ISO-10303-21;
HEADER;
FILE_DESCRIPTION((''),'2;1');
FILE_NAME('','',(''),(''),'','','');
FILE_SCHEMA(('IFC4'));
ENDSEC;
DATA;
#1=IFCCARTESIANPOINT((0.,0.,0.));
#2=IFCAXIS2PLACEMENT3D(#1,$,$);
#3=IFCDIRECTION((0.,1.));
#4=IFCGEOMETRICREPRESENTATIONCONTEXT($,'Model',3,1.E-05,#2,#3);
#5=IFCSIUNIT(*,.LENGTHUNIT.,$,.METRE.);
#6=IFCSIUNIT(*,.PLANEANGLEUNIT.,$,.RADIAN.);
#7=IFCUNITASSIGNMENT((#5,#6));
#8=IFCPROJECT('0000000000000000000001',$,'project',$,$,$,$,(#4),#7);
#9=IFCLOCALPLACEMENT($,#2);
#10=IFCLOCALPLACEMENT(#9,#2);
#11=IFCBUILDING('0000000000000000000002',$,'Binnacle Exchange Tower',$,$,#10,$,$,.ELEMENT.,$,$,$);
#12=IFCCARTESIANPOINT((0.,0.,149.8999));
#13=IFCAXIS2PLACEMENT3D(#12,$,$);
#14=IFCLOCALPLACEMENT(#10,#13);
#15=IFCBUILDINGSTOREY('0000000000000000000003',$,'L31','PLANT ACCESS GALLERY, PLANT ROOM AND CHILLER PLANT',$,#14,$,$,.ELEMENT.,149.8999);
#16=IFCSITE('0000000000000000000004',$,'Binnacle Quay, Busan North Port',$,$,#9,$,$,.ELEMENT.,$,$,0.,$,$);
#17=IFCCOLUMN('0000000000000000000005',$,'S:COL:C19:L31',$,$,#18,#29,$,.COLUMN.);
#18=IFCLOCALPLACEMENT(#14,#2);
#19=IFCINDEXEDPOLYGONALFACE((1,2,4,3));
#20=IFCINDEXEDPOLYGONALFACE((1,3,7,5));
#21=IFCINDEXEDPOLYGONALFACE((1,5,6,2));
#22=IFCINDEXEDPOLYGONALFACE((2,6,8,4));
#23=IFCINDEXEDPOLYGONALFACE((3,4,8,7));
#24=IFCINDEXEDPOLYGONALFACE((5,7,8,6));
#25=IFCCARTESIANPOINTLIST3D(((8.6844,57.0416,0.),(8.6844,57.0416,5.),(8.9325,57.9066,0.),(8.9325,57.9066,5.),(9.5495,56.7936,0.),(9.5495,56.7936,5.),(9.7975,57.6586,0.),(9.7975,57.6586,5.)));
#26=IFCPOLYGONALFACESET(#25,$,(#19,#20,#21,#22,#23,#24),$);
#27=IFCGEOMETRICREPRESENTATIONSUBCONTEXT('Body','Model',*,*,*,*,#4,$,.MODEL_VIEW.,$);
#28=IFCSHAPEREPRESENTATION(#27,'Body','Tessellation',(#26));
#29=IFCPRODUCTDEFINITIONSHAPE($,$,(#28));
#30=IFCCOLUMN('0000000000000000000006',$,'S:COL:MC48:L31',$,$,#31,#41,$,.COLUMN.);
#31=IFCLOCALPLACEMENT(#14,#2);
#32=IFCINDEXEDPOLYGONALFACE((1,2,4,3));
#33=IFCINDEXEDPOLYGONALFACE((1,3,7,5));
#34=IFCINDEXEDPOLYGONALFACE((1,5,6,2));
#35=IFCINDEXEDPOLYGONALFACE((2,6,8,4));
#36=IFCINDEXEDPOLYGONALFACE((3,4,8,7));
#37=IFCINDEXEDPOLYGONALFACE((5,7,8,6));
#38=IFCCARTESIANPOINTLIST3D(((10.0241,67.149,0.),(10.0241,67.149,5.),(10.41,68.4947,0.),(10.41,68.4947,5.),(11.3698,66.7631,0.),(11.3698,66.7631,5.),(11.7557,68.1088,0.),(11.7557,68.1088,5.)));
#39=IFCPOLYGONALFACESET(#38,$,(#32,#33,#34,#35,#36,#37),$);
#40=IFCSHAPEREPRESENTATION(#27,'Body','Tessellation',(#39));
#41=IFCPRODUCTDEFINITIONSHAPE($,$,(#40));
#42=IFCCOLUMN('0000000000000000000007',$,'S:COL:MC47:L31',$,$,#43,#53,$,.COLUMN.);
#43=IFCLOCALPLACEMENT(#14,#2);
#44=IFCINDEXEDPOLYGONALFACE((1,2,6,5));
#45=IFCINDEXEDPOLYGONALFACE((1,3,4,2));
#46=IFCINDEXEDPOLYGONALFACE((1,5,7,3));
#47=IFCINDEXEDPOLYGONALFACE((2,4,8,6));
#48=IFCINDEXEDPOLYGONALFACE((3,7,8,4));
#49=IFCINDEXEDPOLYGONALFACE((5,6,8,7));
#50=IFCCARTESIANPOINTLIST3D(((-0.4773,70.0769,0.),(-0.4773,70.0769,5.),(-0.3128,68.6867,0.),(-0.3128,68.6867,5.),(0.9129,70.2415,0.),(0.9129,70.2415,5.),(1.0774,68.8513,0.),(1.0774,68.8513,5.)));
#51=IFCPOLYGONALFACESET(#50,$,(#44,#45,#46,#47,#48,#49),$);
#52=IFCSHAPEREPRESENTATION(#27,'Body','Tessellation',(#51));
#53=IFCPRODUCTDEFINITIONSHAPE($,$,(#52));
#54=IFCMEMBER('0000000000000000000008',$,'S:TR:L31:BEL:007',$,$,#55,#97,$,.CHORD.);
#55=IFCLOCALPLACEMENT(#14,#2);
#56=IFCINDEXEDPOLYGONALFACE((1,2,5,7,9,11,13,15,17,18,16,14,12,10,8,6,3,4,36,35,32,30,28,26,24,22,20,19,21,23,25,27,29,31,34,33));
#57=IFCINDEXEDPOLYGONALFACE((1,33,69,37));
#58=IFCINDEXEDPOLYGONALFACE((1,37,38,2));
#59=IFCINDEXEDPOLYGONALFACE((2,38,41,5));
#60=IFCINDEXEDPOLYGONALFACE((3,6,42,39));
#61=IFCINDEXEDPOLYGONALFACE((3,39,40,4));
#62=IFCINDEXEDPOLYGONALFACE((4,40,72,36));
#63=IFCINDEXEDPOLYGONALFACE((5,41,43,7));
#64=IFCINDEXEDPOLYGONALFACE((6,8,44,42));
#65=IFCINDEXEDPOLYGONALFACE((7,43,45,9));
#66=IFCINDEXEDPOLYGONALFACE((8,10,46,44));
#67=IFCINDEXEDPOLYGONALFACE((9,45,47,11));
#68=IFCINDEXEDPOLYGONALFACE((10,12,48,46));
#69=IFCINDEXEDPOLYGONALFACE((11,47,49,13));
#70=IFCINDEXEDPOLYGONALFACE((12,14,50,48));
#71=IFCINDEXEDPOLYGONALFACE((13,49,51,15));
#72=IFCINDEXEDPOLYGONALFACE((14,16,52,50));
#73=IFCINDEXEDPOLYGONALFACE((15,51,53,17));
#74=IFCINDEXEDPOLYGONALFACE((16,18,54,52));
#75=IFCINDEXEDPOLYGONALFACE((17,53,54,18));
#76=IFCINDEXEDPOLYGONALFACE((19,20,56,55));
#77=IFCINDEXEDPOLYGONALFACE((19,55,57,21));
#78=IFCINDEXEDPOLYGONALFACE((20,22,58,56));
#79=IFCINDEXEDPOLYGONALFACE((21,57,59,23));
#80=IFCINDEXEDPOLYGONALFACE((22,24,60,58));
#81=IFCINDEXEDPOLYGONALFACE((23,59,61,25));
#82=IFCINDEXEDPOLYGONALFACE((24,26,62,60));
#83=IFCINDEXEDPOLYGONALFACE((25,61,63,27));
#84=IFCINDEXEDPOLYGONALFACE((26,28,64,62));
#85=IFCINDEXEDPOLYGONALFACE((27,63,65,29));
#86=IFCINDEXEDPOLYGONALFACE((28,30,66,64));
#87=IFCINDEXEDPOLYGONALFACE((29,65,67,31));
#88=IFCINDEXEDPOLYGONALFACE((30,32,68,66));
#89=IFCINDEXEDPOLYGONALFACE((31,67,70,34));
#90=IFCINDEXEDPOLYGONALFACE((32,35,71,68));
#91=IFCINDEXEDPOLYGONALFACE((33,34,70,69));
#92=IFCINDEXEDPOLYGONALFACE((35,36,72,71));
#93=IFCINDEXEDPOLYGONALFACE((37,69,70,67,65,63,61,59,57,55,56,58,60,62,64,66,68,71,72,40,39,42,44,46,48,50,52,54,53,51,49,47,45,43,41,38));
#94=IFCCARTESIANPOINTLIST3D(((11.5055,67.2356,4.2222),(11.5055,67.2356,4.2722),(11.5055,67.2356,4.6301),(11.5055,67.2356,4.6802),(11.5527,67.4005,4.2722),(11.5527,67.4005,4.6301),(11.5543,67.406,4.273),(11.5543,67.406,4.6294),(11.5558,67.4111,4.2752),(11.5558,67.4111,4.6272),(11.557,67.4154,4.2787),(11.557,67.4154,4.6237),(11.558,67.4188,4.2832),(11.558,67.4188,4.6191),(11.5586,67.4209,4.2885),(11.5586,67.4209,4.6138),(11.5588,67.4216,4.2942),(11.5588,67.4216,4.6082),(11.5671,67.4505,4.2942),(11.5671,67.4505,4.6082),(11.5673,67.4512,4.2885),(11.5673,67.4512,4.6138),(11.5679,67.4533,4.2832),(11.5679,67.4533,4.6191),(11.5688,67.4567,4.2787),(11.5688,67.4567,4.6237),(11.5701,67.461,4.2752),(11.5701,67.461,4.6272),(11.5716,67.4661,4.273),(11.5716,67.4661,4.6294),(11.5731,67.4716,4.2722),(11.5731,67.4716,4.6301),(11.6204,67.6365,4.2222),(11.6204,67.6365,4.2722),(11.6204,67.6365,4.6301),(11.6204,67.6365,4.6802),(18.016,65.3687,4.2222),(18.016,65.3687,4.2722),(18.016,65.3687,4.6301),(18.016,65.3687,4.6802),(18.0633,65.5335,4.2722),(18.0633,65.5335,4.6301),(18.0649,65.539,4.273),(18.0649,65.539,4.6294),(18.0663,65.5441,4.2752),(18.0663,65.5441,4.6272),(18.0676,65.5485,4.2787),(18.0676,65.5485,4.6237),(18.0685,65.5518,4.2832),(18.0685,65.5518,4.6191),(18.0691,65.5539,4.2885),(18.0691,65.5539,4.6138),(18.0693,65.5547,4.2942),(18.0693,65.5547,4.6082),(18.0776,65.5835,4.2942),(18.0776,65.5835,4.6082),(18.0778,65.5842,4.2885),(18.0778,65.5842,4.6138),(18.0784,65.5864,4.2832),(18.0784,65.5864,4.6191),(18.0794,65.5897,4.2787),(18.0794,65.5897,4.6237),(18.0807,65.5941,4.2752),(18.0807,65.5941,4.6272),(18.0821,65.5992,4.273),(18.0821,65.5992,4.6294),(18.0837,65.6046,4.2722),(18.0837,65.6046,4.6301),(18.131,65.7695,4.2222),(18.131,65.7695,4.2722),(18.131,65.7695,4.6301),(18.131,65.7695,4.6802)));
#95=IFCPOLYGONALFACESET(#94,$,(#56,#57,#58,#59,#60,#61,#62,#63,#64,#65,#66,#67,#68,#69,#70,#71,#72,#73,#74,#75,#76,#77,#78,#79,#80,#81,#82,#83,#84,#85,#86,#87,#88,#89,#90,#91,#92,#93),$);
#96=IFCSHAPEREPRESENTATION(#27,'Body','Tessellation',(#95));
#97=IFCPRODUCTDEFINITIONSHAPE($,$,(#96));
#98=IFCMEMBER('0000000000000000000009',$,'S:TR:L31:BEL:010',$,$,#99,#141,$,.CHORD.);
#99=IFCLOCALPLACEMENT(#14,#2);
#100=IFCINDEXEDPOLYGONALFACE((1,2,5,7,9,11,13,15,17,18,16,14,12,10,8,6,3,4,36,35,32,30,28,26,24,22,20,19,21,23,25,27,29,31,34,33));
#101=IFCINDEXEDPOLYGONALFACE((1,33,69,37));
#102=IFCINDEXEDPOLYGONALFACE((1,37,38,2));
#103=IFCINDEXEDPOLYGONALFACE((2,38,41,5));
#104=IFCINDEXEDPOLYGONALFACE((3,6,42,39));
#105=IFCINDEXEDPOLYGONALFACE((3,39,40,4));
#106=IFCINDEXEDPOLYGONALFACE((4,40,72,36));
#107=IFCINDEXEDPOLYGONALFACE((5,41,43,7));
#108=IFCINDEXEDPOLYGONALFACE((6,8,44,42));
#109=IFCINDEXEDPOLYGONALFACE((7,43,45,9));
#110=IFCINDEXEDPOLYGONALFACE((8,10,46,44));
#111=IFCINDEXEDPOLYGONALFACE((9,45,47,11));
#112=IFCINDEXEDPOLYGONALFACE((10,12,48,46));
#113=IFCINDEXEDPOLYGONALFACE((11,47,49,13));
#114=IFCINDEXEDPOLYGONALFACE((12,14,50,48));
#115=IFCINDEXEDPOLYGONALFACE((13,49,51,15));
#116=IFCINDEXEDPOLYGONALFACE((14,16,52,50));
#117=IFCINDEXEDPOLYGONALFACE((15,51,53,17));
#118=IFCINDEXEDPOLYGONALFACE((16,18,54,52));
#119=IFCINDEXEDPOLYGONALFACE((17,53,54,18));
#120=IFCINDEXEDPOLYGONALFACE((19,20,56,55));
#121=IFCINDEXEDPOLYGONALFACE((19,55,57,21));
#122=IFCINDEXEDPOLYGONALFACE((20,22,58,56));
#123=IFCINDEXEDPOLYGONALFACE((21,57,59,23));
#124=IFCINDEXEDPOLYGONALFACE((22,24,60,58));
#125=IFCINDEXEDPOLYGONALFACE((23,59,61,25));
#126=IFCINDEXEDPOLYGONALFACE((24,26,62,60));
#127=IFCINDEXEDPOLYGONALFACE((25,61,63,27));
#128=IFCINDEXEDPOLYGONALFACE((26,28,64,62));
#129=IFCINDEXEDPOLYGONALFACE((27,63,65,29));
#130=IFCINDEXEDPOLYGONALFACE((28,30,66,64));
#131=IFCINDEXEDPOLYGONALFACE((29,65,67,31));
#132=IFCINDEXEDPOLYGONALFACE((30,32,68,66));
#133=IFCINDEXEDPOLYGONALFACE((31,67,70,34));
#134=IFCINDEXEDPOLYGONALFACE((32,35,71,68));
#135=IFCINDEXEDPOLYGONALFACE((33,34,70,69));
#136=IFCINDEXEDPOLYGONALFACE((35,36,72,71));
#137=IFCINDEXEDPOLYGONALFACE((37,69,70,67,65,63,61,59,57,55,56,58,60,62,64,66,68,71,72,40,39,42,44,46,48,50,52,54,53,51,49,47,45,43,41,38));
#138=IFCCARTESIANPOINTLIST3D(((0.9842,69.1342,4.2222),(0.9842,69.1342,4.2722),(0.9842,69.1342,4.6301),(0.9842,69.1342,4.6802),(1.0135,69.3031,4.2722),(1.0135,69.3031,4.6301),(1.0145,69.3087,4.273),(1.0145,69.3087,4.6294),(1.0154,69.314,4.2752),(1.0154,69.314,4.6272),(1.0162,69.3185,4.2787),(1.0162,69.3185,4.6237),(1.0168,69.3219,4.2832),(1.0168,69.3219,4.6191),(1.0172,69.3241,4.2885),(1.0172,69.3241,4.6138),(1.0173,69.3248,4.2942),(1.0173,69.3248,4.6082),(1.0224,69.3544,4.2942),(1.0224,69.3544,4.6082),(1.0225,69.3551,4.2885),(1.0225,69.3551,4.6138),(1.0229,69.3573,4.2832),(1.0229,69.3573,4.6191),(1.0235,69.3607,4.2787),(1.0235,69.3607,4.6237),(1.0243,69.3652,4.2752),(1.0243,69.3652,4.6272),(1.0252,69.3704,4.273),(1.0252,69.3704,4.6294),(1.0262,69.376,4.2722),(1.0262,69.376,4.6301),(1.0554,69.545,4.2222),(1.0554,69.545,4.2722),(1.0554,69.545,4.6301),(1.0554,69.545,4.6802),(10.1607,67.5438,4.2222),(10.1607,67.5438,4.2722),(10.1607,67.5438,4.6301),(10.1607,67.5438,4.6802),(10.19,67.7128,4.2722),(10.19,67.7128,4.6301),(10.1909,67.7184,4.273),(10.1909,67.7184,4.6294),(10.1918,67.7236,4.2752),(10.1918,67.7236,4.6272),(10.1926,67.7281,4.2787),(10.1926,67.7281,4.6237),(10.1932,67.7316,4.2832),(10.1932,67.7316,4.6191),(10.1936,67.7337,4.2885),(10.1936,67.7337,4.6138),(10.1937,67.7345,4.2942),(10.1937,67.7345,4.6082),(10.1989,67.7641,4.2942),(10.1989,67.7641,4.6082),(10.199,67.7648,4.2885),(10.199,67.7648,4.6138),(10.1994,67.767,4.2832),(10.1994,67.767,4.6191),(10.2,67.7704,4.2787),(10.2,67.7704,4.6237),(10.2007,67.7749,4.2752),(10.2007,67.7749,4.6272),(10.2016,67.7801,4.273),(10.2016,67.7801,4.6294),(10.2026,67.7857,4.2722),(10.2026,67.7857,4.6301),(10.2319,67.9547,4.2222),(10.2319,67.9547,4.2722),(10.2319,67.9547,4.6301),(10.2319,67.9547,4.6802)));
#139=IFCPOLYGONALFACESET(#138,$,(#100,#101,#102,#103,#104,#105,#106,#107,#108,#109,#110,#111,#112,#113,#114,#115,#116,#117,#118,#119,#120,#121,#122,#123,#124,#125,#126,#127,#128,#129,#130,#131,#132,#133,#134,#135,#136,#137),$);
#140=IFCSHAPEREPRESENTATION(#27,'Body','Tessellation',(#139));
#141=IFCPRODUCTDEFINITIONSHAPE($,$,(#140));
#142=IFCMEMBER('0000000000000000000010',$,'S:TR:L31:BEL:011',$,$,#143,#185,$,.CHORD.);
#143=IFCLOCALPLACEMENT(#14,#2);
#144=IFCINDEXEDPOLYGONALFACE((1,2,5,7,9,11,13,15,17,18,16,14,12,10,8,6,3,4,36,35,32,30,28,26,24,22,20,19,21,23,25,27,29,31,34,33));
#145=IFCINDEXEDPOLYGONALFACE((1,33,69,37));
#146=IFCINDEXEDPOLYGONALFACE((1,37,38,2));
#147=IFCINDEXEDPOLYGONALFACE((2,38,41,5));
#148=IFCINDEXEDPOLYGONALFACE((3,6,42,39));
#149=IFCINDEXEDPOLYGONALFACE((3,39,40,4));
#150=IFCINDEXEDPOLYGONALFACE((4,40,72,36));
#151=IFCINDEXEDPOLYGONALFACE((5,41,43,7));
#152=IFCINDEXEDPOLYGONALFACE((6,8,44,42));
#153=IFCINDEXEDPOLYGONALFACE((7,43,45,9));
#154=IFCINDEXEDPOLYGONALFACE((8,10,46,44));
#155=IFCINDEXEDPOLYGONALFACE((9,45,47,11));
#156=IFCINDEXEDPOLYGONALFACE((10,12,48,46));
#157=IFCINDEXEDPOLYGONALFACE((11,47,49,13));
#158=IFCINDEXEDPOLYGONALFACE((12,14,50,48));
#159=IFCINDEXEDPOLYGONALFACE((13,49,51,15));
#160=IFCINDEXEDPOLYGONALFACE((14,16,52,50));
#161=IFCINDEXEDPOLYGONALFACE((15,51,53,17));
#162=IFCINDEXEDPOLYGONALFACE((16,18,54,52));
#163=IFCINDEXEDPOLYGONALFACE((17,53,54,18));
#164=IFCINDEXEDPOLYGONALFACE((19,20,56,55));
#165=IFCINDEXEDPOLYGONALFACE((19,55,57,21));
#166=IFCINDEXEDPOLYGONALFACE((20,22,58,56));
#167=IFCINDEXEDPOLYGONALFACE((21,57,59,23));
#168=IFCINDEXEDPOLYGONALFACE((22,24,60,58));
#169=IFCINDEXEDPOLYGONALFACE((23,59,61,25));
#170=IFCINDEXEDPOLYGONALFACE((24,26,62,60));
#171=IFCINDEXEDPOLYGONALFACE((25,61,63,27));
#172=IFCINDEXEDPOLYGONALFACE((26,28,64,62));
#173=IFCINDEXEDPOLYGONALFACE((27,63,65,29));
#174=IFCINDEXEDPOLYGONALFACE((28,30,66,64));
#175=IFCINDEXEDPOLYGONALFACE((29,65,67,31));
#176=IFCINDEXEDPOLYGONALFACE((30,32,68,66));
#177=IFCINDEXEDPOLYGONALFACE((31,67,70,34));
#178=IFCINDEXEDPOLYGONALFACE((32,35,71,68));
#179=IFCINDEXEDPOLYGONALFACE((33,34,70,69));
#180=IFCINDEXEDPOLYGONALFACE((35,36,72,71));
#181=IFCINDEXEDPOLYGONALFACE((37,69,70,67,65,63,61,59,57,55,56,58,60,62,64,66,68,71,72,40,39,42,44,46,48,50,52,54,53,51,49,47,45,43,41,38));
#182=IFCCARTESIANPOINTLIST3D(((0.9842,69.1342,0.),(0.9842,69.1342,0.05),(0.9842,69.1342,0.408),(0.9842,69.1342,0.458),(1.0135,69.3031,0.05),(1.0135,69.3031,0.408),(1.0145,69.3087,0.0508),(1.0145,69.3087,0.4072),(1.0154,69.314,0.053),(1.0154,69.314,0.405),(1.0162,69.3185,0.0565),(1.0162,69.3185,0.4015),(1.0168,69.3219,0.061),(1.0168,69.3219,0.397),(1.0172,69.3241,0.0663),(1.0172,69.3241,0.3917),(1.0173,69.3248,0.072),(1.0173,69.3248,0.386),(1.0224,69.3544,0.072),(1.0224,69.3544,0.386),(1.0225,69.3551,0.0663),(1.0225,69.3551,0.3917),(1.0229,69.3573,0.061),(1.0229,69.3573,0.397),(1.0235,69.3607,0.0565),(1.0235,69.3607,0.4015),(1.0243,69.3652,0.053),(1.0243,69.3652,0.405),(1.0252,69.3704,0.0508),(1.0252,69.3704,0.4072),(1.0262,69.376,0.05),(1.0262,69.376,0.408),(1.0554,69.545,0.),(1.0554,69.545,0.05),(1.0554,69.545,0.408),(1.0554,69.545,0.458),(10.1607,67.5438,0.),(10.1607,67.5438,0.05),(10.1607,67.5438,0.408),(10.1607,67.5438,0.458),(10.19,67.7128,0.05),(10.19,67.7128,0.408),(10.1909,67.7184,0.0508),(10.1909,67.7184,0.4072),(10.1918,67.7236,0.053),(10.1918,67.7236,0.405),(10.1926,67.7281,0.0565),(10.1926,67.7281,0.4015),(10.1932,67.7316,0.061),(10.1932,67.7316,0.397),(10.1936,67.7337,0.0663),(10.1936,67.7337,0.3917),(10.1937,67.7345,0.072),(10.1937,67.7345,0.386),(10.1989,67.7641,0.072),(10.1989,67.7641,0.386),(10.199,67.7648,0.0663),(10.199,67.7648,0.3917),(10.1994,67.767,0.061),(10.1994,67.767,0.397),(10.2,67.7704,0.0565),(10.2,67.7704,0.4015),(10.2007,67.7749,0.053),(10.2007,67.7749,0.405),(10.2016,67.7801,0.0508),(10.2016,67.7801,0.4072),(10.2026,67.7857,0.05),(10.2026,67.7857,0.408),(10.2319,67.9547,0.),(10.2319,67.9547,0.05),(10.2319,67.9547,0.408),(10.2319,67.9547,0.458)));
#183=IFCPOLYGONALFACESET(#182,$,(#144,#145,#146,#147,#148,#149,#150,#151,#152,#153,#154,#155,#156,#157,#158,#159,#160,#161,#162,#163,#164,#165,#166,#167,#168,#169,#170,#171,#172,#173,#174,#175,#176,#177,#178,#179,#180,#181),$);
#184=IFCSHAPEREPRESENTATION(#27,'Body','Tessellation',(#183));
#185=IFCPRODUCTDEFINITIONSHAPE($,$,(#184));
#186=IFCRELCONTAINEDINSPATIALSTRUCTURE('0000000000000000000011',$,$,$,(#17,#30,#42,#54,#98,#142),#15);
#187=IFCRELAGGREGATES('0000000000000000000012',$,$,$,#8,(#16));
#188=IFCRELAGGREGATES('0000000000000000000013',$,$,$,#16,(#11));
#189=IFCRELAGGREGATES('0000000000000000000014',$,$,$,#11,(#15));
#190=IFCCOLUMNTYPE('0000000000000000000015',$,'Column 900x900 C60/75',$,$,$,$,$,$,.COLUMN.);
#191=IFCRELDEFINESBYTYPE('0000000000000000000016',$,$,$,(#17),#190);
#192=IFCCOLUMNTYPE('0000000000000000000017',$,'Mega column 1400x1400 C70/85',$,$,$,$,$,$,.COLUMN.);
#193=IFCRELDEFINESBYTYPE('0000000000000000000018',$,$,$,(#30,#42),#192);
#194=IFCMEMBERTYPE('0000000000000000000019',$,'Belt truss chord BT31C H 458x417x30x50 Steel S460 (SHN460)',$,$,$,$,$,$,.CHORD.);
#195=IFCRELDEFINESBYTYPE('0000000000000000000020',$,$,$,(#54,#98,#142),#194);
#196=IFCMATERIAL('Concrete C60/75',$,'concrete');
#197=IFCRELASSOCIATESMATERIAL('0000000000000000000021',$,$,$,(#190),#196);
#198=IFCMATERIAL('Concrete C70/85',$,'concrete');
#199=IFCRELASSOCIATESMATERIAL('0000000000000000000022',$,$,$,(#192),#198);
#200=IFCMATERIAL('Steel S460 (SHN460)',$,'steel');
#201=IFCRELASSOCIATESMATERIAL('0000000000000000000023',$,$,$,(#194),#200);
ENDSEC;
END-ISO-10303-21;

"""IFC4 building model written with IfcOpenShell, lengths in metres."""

from ifc_helpers import new_model, si_unit, direction, frame, origin, origin_2d, place, context, subcontext, project, spatial, rectangle, i_section, extrude, material, material_profile, profile_set, type_object, element, save


model = new_model("IFC4")

# Units and contexts
model_context = context("Model", 3, precision=1e-05, world=origin(), true_north=direction((0.0, 1.0)))
body_context = subcontext(model_context, "Body", "Model", "MODEL_VIEW")
ifc_project = project(units=[si_unit("LENGTHUNIT", "METRE"), si_unit("PLANEANGLEUNIT", "RADIAN")], contexts=[model_context])

# Site, building, storey
site_placement = place(None, origin())
site = spatial("IfcSite", under=ifc_project, at=site_placement, Name="Binnacle Quay, Busan North Port", CompositionType="ELEMENT", RefElevation=0.0)
building_placement = place(site_placement, origin())
building = spatial("IfcBuilding", under=site, at=building_placement, Name="Binnacle Exchange Tower", CompositionType="ELEMENT")
storey_placement = place(building_placement, frame((0.0, 0.0, 149.8999)))
storey = spatial("IfcBuildingStorey", under=building, at=storey_placement, Name="L31", Description="PLANT ACCESS GALLERY, PLANT ROOM AND CHILLER PLANT", CompositionType="ELEMENT", Elevation=149.8999)

# Columns
ifc_material_1 = material(Name="Concrete C60/75", Category="concrete")
ifc_material_profile_1 = material_profile(ifc_material_1, rectangle(XDim=0.8999, YDim=0.8999, at=origin_2d()), Name="Column 900x900 C60/75")
ifc_profile_set_1 = profile_set([ifc_material_profile_1], Name="Concrete C60/75")
column_type_1 = type_object("IfcColumnType", Name="Column 900x900 C60/75", PredefinedType="COLUMN", material=ifc_profile_set_1)
column_placement = place(storey_placement, frame((9.241, 57.3501, 0.0), z_axis=(0.0, 0.0, 1.0), x_axis=(0.961262, -0.275637, 0.0)))
element("IfcColumn", 1, at=column_placement, inside=storey, type_object=column_type_1, Name="S:COL:C19:L31", PredefinedType="COLUMN", context=body_context, shape_type="SweptSolid", body=[
    extrude(rectangle(XDim=0.8999, YDim=0.8999, at=origin_2d()), origin(), (0.0, 0.0, 1.0), 5.0),
])
ifc_material_2 = material(Name="Concrete C70/85", Category="concrete")
ifc_material_profile_2 = material_profile(ifc_material_2, rectangle(XDim=1.3999, YDim=1.3999, at=origin_2d()), Name="Mega column 1400x1400 C70/85")
ifc_profile_set_2 = profile_set([ifc_material_profile_2], Name="Concrete C70/85")
column_type_2 = type_object("IfcColumnType", Name="Mega column 1400x1400 C70/85", PredefinedType="COLUMN", material=ifc_profile_set_2)
for number, where, z_axis, x_axis, name in (
    (2, (10.8899, 67.6289, 0.0), (0.0, 0.0, 1.0), (-0.961262, 0.275637, 0.0), "S:COL:MC48:L31"),
    (3, (0.3, 69.4641, 0.0), (0.0, 0.0, 1.0), (-0.993068, -0.117537, 0.0), "S:COL:MC47:L31"),
):
    element("IfcColumn", number, at=place(storey_placement, frame(where, z_axis=z_axis, x_axis=x_axis)), inside=storey, type_object=column_type_2, Name=name, PredefinedType="COLUMN", context=body_context, shape_type="SweptSolid", body=[
        extrude(rectangle(XDim=1.3999, YDim=1.3999, at=origin_2d()), origin(), (0.0, 0.0, 1.0), 5.0),
    ])

# Members
ifc_material_3 = material(Name="Steel S460 (SHN460)", Category="steel")
ifc_material_profile_3 = material_profile(ifc_material_3, i_section(OverallWidth=0.417, OverallDepth=0.458, WebThickness=0.03, FlangeThickness=0.05, FilletRadius=0.022, at=origin_2d()), Name="H 458x417x30x50")
ifc_profile_set_3 = profile_set([ifc_material_profile_3], Name="Steel S460 (SHN460)")
member_type_1 = type_object("IfcMemberType", Name="Belt truss chord BT31C H 458x417x30x50 Steel S460 (SHN460)", PredefinedType="CHORD", material=ifc_profile_set_3)
member_1_placement = place(storey_placement, frame((18.0735, 65.5691, 4.4512), z_axis=(-0.961258, 0.275649, 0.0), x_axis=(-0.275649, -0.961258, 0.0)))
element("IfcMember", 4, at=member_1_placement, inside=storey, type_object=member_type_1, Name="S:TR:L31:BEL:007", PredefinedType="CHORD", context=body_context, shape_type="SweptSolid", body=[
    extrude(i_section(OverallWidth=0.417, OverallDepth=0.458, WebThickness=0.03, FlangeThickness=0.05, FilletRadius=0.022, at=origin_2d()), origin(), (0.0, 0.0, 1.0), 6.7729),
])
for number, where, z_axis, x_axis, name in (
    (5, (10.1963, 67.7493, 4.4512), (-0.985313, 0.170759, 0.0), (-0.170759, -0.985313, 0.0), "S:TR:L31:BEL:010"),
    (6, (10.1963, 67.7493, 0.229), (-0.985313, 0.170759, 0.0), (-0.170759, -0.985313, 0.0), "S:TR:L31:BEL:011"),
):
    element("IfcMember", number, at=place(storey_placement, frame(where, z_axis=z_axis, x_axis=x_axis)), inside=storey, type_object=member_type_1, Name=name, PredefinedType="CHORD", context=body_context, shape_type="SweptSolid", body=[
        extrude(i_section(OverallWidth=0.417, OverallDepth=0.458, WebThickness=0.03, FlangeThickness=0.05, FilletRadius=0.022, at=origin_2d()), origin(), (0.0, 0.0, 1.0), 9.3132),
    ])

save(model, "model.ifc")
